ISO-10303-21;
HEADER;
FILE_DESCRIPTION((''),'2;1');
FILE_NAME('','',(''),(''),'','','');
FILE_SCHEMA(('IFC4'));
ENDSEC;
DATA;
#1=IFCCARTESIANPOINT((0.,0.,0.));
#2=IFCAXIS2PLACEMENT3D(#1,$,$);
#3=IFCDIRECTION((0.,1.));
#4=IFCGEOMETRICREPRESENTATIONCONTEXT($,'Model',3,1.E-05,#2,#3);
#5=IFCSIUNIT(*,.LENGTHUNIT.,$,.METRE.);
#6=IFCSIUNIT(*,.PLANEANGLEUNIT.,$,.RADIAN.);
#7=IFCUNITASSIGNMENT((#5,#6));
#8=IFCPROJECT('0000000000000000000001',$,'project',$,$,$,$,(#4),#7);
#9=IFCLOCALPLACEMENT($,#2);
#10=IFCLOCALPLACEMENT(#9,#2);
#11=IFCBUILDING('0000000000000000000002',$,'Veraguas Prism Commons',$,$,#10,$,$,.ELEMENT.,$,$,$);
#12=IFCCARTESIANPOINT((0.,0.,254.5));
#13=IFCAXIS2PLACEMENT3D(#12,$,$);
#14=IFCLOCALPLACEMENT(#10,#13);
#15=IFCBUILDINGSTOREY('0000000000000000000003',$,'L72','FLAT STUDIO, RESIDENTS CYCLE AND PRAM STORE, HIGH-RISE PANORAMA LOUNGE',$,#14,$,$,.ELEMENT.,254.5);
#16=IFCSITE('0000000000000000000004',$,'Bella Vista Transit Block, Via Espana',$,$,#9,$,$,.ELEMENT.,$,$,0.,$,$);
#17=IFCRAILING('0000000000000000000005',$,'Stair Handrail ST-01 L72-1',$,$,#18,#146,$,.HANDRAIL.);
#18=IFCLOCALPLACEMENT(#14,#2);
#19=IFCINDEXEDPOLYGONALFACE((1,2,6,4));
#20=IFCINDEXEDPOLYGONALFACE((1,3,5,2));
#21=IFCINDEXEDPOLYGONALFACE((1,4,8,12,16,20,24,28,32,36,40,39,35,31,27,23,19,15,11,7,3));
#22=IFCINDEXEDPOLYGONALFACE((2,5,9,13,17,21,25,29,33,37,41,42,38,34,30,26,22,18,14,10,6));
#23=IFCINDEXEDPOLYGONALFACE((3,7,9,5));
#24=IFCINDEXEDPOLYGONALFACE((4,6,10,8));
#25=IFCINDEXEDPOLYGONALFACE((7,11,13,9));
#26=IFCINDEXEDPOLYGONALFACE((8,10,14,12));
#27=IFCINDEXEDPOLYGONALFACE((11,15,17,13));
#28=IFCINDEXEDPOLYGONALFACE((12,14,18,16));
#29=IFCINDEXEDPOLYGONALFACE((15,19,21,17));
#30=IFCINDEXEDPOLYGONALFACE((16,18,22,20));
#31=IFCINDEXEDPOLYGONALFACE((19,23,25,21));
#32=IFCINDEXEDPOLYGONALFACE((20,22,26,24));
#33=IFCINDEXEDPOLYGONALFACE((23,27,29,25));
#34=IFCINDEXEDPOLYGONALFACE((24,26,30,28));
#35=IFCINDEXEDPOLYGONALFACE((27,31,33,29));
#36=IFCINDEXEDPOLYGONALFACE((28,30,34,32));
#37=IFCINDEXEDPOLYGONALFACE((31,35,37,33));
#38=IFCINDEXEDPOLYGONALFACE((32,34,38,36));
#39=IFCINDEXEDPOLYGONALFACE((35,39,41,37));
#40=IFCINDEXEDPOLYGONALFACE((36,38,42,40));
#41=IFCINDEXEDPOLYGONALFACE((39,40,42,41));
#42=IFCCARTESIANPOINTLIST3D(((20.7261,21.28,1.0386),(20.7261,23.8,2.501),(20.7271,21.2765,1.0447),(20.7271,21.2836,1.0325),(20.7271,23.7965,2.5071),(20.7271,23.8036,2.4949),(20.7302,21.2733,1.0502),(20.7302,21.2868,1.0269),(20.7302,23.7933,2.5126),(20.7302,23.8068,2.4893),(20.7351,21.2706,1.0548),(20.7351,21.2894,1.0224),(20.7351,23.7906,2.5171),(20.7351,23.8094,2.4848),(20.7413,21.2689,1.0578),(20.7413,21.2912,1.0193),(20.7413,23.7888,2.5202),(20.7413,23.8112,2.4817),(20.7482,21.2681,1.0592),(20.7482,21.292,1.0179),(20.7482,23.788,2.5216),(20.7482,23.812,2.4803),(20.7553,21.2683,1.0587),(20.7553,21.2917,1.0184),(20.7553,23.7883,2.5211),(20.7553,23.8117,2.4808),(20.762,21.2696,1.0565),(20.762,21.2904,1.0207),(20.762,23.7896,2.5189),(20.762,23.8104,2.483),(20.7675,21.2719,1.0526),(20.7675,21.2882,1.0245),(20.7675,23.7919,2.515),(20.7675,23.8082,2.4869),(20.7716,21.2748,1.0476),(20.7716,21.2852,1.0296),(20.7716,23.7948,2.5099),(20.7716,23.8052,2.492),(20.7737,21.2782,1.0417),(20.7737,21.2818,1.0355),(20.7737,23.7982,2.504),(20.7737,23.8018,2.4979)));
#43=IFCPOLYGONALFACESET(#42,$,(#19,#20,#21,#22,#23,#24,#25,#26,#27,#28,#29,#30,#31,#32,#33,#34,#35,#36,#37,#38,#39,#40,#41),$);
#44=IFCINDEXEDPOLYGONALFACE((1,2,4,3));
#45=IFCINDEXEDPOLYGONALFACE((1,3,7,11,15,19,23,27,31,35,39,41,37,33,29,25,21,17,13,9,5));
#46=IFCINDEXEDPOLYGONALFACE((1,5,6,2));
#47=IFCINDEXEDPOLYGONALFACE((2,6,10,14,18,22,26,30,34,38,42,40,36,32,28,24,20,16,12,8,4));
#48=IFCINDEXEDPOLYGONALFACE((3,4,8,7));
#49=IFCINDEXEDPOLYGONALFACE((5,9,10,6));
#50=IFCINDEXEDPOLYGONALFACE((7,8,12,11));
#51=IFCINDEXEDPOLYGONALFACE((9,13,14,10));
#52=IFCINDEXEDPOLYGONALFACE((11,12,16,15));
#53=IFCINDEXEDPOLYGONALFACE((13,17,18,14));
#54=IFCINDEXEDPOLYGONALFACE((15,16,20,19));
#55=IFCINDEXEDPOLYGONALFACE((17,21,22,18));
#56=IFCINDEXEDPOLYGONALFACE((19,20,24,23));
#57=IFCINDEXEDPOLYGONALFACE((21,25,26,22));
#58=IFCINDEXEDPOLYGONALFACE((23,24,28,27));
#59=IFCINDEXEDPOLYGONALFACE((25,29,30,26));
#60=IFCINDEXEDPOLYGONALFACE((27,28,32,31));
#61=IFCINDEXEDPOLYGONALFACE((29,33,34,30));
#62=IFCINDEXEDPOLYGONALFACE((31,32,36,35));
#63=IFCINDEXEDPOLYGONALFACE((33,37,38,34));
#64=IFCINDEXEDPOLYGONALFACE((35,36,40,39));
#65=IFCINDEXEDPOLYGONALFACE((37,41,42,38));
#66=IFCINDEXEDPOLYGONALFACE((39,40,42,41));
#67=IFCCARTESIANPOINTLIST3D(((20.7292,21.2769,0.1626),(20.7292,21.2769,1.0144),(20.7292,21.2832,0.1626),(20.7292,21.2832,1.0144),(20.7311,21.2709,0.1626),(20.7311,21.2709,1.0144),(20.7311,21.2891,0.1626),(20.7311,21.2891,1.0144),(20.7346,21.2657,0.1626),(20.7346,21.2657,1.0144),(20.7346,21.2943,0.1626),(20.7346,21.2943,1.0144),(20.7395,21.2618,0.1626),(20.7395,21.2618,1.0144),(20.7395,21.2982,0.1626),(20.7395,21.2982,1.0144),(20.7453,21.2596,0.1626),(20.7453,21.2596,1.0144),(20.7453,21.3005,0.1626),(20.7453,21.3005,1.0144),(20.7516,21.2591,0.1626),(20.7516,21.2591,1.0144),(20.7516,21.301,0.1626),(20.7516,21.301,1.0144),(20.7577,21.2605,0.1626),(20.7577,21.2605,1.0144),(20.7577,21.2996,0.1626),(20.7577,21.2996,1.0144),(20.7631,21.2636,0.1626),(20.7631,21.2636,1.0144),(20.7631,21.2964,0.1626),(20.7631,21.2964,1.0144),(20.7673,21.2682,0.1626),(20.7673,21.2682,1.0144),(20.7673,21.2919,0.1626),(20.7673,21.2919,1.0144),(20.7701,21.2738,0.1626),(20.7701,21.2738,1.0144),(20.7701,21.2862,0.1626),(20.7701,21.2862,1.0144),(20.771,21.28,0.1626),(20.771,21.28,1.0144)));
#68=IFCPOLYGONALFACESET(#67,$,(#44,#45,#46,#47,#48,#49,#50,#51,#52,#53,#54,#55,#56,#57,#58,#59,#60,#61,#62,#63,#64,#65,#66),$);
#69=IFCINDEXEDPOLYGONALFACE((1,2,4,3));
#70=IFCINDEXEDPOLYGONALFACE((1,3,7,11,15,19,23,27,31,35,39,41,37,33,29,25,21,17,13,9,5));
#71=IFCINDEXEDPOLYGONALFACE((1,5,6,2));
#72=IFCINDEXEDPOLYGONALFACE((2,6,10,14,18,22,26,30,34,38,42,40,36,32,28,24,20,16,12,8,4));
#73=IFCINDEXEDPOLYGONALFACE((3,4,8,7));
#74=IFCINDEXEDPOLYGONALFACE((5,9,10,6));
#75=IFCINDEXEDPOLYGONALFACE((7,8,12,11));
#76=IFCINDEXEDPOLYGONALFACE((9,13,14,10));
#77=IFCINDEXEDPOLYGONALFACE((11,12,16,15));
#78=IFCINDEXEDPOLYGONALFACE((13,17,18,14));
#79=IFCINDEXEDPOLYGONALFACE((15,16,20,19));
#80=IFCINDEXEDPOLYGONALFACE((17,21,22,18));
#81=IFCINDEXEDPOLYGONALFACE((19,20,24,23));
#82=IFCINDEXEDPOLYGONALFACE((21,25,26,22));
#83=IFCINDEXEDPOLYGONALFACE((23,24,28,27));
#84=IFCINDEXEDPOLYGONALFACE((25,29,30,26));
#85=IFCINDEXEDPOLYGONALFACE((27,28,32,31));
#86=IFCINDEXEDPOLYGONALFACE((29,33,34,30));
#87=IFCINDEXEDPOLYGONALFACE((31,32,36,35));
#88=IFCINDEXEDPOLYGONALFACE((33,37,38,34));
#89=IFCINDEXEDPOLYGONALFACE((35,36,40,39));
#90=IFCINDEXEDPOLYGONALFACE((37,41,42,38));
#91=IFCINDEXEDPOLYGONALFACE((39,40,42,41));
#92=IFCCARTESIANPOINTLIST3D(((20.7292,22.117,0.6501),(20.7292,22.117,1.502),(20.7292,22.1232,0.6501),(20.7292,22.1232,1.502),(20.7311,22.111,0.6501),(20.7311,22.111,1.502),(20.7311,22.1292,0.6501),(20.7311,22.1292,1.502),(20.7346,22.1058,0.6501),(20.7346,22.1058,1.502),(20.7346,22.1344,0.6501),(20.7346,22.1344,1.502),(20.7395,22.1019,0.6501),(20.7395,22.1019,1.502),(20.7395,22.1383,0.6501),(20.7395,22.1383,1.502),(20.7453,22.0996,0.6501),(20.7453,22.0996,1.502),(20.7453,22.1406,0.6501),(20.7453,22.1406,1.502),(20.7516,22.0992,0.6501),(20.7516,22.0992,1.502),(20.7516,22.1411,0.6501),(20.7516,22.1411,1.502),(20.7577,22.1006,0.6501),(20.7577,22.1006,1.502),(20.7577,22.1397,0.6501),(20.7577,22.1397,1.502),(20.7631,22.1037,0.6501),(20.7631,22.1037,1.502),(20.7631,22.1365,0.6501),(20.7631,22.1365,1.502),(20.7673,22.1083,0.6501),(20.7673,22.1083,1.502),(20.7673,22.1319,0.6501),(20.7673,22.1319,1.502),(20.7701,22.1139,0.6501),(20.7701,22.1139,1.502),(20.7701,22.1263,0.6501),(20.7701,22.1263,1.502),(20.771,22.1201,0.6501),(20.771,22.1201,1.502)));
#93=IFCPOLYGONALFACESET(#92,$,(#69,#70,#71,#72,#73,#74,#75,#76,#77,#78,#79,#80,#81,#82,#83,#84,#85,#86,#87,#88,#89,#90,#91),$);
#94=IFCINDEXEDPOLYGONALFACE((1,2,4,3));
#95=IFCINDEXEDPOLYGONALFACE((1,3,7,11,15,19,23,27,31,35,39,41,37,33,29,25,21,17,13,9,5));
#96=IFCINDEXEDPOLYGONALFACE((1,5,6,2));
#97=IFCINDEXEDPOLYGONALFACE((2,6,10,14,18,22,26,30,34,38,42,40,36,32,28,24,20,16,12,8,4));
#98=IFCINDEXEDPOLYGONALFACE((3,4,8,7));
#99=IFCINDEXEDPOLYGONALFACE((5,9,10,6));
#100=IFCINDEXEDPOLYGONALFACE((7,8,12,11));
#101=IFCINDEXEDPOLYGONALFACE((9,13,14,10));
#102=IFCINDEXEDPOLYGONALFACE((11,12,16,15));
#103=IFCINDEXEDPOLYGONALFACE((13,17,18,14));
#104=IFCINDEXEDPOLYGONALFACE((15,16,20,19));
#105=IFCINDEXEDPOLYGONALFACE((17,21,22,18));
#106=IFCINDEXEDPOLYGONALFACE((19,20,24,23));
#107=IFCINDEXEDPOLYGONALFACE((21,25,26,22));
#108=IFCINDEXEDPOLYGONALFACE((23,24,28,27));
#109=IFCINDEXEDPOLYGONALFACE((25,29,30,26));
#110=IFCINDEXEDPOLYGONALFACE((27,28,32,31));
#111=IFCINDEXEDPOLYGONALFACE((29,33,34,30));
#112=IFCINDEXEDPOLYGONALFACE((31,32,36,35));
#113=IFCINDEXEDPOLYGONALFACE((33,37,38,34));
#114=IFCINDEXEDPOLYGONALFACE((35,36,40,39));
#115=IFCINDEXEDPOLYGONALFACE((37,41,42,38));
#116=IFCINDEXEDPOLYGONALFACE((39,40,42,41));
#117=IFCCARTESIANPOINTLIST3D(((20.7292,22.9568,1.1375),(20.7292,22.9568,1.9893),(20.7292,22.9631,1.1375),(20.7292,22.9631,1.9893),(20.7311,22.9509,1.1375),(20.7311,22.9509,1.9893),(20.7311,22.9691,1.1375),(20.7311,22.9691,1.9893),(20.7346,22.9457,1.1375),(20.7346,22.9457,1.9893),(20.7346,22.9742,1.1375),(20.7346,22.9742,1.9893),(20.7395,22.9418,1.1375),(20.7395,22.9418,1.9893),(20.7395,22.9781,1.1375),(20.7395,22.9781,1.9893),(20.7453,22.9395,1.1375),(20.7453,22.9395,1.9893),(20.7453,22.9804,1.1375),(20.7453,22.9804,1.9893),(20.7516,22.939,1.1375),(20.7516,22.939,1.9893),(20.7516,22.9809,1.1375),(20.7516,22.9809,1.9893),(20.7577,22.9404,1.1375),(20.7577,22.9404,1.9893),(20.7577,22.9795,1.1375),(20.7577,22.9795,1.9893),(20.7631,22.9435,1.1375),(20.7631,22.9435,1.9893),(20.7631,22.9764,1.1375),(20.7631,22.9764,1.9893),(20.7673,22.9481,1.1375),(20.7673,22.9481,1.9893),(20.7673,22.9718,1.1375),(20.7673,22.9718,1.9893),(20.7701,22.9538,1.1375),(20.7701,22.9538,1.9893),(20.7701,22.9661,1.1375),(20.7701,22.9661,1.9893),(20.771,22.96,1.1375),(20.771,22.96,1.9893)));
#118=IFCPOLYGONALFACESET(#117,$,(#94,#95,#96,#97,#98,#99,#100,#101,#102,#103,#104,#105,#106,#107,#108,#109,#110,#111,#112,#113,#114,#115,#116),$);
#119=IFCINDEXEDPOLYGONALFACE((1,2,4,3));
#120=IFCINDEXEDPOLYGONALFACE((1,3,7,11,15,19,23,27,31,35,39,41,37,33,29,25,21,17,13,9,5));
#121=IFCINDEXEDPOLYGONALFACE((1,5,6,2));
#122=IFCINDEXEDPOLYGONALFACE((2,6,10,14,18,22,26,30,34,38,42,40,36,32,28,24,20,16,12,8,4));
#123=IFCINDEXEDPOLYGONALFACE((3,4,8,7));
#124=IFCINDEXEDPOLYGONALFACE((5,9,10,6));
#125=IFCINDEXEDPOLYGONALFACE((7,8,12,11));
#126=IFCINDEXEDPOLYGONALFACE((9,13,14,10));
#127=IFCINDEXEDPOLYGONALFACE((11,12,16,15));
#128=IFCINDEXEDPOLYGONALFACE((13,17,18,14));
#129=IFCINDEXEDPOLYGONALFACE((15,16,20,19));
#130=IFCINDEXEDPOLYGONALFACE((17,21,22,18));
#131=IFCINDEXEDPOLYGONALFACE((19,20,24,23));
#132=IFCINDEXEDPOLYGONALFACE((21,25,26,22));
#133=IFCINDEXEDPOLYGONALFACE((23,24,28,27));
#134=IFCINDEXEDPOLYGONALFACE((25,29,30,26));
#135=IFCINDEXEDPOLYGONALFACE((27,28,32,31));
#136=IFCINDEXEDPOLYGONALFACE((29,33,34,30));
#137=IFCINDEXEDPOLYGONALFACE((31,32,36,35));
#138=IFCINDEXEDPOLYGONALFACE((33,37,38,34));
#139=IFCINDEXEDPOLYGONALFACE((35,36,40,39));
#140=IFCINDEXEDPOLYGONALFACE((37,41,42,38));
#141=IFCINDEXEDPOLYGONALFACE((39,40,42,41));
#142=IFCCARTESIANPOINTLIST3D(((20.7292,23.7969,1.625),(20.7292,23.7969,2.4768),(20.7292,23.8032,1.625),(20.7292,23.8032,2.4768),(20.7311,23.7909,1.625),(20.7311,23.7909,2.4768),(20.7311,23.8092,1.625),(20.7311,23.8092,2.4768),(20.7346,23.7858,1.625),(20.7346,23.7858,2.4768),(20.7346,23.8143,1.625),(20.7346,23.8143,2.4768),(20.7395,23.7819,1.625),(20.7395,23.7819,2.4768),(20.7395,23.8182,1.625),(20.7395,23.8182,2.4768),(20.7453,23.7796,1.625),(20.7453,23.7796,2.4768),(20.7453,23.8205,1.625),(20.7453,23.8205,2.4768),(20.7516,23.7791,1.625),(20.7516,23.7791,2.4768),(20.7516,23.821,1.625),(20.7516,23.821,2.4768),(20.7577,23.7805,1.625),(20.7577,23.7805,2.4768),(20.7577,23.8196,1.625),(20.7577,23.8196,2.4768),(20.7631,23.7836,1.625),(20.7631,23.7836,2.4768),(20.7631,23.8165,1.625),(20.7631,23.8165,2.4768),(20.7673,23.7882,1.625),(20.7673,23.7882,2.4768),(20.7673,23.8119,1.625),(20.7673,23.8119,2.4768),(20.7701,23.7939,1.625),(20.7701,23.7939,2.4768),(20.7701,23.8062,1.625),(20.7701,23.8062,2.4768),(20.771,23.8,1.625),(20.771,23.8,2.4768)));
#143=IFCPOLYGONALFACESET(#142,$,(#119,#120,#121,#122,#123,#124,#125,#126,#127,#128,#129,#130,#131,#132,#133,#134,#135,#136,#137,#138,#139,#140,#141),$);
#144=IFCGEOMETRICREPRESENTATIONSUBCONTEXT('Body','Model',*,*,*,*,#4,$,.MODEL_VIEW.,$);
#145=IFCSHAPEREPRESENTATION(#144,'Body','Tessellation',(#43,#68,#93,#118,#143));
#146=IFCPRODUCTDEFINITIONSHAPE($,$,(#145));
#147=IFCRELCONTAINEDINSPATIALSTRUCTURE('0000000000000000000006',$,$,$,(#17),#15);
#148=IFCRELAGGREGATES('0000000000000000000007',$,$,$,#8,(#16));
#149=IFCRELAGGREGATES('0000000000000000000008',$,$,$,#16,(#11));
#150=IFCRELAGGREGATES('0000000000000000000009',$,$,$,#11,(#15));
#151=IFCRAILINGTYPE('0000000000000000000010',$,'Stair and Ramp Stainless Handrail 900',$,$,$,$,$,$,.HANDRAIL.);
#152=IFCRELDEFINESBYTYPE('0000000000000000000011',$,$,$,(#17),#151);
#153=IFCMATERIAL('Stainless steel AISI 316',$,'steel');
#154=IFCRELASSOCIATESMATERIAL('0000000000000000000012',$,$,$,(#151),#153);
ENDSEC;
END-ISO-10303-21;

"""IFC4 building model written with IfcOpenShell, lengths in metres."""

from ifc_helpers import new_model, si_unit, direction, frame, origin, origin_2d, place, context, subcontext, project, spatial, circle, extrude, material, type_object, element, save


model = new_model("IFC4")

# Units and contexts
model_context = context("Model", 3, precision=1e-05, world=origin(), true_north=direction((0.0, 1.0)))
body_context = subcontext(model_context, "Body", "Model", "MODEL_VIEW")
ifc_project = project(units=[si_unit("LENGTHUNIT", "METRE"), si_unit("PLANEANGLEUNIT", "RADIAN")], contexts=[model_context])

# Site, building, storey
site_placement = place(None, origin())
site = spatial("IfcSite", under=ifc_project, at=site_placement, Name="Bella Vista Transit Block, Via Espana", CompositionType="ELEMENT", RefElevation=0.0)
building_placement = place(site_placement, origin())
building = spatial("IfcBuilding", under=site, at=building_placement, Name="Veraguas Prism Commons", CompositionType="ELEMENT")
storey_placement = place(building_placement, frame((0.0, 0.0, 254.5)))
storey = spatial("IfcBuildingStorey", under=building, at=storey_placement, Name="L72", Description="FLAT STUDIO, RESIDENTS CYCLE AND PRAM STORE, HIGH-RISE PANORAMA LOUNGE", CompositionType="ELEMENT", Elevation=254.5)

# Railing
ifc_material_1 = material(Name="Stainless steel AISI 316", Category="steel")
railing_type_1 = type_object("IfcRailingType", Name="Stair and Ramp Stainless Handrail 900", PredefinedType="HANDRAIL", material=ifc_material_1)
railing_1_placement = place(storey_placement, frame((20.75, 21.28, 0.1626)))
element("IfcRailing", 1, at=railing_1_placement, inside=storey, type_object=railing_type_1, Name="Stair Handrail ST-01 L72-1", PredefinedType="HANDRAIL", context=body_context, shape_type="SweptSolid", body=[
    extrude(circle(Radius=0.0239, at=origin_2d()), frame((0.0, 0.0, 0.876), z_axis=(0.0, 0.864913, 0.501921), x_axis=(-1.0, 0.0, 0.0)), (0.0, 0.0, 1.0), 2.9136),
    extrude(circle(Radius=0.021, at=origin_2d()), origin(), (0.0, 0.0, 1.0), 0.8518),
    extrude(circle(Radius=0.021, at=origin_2d()), frame((0.0, 0.8401, 0.4875)), (0.0, 0.0, 1.0), 0.8518),
    extrude(circle(Radius=0.021, at=origin_2d()), frame((0.0, 1.6799, 0.9749)), (0.0, 0.0, 1.0), 0.8518),
    extrude(circle(Radius=0.021, at=origin_2d()), frame((0.0, 2.52, 1.4624)), (0.0, 0.0, 1.0), 0.8518),
])

save(model, "model.ifc")
